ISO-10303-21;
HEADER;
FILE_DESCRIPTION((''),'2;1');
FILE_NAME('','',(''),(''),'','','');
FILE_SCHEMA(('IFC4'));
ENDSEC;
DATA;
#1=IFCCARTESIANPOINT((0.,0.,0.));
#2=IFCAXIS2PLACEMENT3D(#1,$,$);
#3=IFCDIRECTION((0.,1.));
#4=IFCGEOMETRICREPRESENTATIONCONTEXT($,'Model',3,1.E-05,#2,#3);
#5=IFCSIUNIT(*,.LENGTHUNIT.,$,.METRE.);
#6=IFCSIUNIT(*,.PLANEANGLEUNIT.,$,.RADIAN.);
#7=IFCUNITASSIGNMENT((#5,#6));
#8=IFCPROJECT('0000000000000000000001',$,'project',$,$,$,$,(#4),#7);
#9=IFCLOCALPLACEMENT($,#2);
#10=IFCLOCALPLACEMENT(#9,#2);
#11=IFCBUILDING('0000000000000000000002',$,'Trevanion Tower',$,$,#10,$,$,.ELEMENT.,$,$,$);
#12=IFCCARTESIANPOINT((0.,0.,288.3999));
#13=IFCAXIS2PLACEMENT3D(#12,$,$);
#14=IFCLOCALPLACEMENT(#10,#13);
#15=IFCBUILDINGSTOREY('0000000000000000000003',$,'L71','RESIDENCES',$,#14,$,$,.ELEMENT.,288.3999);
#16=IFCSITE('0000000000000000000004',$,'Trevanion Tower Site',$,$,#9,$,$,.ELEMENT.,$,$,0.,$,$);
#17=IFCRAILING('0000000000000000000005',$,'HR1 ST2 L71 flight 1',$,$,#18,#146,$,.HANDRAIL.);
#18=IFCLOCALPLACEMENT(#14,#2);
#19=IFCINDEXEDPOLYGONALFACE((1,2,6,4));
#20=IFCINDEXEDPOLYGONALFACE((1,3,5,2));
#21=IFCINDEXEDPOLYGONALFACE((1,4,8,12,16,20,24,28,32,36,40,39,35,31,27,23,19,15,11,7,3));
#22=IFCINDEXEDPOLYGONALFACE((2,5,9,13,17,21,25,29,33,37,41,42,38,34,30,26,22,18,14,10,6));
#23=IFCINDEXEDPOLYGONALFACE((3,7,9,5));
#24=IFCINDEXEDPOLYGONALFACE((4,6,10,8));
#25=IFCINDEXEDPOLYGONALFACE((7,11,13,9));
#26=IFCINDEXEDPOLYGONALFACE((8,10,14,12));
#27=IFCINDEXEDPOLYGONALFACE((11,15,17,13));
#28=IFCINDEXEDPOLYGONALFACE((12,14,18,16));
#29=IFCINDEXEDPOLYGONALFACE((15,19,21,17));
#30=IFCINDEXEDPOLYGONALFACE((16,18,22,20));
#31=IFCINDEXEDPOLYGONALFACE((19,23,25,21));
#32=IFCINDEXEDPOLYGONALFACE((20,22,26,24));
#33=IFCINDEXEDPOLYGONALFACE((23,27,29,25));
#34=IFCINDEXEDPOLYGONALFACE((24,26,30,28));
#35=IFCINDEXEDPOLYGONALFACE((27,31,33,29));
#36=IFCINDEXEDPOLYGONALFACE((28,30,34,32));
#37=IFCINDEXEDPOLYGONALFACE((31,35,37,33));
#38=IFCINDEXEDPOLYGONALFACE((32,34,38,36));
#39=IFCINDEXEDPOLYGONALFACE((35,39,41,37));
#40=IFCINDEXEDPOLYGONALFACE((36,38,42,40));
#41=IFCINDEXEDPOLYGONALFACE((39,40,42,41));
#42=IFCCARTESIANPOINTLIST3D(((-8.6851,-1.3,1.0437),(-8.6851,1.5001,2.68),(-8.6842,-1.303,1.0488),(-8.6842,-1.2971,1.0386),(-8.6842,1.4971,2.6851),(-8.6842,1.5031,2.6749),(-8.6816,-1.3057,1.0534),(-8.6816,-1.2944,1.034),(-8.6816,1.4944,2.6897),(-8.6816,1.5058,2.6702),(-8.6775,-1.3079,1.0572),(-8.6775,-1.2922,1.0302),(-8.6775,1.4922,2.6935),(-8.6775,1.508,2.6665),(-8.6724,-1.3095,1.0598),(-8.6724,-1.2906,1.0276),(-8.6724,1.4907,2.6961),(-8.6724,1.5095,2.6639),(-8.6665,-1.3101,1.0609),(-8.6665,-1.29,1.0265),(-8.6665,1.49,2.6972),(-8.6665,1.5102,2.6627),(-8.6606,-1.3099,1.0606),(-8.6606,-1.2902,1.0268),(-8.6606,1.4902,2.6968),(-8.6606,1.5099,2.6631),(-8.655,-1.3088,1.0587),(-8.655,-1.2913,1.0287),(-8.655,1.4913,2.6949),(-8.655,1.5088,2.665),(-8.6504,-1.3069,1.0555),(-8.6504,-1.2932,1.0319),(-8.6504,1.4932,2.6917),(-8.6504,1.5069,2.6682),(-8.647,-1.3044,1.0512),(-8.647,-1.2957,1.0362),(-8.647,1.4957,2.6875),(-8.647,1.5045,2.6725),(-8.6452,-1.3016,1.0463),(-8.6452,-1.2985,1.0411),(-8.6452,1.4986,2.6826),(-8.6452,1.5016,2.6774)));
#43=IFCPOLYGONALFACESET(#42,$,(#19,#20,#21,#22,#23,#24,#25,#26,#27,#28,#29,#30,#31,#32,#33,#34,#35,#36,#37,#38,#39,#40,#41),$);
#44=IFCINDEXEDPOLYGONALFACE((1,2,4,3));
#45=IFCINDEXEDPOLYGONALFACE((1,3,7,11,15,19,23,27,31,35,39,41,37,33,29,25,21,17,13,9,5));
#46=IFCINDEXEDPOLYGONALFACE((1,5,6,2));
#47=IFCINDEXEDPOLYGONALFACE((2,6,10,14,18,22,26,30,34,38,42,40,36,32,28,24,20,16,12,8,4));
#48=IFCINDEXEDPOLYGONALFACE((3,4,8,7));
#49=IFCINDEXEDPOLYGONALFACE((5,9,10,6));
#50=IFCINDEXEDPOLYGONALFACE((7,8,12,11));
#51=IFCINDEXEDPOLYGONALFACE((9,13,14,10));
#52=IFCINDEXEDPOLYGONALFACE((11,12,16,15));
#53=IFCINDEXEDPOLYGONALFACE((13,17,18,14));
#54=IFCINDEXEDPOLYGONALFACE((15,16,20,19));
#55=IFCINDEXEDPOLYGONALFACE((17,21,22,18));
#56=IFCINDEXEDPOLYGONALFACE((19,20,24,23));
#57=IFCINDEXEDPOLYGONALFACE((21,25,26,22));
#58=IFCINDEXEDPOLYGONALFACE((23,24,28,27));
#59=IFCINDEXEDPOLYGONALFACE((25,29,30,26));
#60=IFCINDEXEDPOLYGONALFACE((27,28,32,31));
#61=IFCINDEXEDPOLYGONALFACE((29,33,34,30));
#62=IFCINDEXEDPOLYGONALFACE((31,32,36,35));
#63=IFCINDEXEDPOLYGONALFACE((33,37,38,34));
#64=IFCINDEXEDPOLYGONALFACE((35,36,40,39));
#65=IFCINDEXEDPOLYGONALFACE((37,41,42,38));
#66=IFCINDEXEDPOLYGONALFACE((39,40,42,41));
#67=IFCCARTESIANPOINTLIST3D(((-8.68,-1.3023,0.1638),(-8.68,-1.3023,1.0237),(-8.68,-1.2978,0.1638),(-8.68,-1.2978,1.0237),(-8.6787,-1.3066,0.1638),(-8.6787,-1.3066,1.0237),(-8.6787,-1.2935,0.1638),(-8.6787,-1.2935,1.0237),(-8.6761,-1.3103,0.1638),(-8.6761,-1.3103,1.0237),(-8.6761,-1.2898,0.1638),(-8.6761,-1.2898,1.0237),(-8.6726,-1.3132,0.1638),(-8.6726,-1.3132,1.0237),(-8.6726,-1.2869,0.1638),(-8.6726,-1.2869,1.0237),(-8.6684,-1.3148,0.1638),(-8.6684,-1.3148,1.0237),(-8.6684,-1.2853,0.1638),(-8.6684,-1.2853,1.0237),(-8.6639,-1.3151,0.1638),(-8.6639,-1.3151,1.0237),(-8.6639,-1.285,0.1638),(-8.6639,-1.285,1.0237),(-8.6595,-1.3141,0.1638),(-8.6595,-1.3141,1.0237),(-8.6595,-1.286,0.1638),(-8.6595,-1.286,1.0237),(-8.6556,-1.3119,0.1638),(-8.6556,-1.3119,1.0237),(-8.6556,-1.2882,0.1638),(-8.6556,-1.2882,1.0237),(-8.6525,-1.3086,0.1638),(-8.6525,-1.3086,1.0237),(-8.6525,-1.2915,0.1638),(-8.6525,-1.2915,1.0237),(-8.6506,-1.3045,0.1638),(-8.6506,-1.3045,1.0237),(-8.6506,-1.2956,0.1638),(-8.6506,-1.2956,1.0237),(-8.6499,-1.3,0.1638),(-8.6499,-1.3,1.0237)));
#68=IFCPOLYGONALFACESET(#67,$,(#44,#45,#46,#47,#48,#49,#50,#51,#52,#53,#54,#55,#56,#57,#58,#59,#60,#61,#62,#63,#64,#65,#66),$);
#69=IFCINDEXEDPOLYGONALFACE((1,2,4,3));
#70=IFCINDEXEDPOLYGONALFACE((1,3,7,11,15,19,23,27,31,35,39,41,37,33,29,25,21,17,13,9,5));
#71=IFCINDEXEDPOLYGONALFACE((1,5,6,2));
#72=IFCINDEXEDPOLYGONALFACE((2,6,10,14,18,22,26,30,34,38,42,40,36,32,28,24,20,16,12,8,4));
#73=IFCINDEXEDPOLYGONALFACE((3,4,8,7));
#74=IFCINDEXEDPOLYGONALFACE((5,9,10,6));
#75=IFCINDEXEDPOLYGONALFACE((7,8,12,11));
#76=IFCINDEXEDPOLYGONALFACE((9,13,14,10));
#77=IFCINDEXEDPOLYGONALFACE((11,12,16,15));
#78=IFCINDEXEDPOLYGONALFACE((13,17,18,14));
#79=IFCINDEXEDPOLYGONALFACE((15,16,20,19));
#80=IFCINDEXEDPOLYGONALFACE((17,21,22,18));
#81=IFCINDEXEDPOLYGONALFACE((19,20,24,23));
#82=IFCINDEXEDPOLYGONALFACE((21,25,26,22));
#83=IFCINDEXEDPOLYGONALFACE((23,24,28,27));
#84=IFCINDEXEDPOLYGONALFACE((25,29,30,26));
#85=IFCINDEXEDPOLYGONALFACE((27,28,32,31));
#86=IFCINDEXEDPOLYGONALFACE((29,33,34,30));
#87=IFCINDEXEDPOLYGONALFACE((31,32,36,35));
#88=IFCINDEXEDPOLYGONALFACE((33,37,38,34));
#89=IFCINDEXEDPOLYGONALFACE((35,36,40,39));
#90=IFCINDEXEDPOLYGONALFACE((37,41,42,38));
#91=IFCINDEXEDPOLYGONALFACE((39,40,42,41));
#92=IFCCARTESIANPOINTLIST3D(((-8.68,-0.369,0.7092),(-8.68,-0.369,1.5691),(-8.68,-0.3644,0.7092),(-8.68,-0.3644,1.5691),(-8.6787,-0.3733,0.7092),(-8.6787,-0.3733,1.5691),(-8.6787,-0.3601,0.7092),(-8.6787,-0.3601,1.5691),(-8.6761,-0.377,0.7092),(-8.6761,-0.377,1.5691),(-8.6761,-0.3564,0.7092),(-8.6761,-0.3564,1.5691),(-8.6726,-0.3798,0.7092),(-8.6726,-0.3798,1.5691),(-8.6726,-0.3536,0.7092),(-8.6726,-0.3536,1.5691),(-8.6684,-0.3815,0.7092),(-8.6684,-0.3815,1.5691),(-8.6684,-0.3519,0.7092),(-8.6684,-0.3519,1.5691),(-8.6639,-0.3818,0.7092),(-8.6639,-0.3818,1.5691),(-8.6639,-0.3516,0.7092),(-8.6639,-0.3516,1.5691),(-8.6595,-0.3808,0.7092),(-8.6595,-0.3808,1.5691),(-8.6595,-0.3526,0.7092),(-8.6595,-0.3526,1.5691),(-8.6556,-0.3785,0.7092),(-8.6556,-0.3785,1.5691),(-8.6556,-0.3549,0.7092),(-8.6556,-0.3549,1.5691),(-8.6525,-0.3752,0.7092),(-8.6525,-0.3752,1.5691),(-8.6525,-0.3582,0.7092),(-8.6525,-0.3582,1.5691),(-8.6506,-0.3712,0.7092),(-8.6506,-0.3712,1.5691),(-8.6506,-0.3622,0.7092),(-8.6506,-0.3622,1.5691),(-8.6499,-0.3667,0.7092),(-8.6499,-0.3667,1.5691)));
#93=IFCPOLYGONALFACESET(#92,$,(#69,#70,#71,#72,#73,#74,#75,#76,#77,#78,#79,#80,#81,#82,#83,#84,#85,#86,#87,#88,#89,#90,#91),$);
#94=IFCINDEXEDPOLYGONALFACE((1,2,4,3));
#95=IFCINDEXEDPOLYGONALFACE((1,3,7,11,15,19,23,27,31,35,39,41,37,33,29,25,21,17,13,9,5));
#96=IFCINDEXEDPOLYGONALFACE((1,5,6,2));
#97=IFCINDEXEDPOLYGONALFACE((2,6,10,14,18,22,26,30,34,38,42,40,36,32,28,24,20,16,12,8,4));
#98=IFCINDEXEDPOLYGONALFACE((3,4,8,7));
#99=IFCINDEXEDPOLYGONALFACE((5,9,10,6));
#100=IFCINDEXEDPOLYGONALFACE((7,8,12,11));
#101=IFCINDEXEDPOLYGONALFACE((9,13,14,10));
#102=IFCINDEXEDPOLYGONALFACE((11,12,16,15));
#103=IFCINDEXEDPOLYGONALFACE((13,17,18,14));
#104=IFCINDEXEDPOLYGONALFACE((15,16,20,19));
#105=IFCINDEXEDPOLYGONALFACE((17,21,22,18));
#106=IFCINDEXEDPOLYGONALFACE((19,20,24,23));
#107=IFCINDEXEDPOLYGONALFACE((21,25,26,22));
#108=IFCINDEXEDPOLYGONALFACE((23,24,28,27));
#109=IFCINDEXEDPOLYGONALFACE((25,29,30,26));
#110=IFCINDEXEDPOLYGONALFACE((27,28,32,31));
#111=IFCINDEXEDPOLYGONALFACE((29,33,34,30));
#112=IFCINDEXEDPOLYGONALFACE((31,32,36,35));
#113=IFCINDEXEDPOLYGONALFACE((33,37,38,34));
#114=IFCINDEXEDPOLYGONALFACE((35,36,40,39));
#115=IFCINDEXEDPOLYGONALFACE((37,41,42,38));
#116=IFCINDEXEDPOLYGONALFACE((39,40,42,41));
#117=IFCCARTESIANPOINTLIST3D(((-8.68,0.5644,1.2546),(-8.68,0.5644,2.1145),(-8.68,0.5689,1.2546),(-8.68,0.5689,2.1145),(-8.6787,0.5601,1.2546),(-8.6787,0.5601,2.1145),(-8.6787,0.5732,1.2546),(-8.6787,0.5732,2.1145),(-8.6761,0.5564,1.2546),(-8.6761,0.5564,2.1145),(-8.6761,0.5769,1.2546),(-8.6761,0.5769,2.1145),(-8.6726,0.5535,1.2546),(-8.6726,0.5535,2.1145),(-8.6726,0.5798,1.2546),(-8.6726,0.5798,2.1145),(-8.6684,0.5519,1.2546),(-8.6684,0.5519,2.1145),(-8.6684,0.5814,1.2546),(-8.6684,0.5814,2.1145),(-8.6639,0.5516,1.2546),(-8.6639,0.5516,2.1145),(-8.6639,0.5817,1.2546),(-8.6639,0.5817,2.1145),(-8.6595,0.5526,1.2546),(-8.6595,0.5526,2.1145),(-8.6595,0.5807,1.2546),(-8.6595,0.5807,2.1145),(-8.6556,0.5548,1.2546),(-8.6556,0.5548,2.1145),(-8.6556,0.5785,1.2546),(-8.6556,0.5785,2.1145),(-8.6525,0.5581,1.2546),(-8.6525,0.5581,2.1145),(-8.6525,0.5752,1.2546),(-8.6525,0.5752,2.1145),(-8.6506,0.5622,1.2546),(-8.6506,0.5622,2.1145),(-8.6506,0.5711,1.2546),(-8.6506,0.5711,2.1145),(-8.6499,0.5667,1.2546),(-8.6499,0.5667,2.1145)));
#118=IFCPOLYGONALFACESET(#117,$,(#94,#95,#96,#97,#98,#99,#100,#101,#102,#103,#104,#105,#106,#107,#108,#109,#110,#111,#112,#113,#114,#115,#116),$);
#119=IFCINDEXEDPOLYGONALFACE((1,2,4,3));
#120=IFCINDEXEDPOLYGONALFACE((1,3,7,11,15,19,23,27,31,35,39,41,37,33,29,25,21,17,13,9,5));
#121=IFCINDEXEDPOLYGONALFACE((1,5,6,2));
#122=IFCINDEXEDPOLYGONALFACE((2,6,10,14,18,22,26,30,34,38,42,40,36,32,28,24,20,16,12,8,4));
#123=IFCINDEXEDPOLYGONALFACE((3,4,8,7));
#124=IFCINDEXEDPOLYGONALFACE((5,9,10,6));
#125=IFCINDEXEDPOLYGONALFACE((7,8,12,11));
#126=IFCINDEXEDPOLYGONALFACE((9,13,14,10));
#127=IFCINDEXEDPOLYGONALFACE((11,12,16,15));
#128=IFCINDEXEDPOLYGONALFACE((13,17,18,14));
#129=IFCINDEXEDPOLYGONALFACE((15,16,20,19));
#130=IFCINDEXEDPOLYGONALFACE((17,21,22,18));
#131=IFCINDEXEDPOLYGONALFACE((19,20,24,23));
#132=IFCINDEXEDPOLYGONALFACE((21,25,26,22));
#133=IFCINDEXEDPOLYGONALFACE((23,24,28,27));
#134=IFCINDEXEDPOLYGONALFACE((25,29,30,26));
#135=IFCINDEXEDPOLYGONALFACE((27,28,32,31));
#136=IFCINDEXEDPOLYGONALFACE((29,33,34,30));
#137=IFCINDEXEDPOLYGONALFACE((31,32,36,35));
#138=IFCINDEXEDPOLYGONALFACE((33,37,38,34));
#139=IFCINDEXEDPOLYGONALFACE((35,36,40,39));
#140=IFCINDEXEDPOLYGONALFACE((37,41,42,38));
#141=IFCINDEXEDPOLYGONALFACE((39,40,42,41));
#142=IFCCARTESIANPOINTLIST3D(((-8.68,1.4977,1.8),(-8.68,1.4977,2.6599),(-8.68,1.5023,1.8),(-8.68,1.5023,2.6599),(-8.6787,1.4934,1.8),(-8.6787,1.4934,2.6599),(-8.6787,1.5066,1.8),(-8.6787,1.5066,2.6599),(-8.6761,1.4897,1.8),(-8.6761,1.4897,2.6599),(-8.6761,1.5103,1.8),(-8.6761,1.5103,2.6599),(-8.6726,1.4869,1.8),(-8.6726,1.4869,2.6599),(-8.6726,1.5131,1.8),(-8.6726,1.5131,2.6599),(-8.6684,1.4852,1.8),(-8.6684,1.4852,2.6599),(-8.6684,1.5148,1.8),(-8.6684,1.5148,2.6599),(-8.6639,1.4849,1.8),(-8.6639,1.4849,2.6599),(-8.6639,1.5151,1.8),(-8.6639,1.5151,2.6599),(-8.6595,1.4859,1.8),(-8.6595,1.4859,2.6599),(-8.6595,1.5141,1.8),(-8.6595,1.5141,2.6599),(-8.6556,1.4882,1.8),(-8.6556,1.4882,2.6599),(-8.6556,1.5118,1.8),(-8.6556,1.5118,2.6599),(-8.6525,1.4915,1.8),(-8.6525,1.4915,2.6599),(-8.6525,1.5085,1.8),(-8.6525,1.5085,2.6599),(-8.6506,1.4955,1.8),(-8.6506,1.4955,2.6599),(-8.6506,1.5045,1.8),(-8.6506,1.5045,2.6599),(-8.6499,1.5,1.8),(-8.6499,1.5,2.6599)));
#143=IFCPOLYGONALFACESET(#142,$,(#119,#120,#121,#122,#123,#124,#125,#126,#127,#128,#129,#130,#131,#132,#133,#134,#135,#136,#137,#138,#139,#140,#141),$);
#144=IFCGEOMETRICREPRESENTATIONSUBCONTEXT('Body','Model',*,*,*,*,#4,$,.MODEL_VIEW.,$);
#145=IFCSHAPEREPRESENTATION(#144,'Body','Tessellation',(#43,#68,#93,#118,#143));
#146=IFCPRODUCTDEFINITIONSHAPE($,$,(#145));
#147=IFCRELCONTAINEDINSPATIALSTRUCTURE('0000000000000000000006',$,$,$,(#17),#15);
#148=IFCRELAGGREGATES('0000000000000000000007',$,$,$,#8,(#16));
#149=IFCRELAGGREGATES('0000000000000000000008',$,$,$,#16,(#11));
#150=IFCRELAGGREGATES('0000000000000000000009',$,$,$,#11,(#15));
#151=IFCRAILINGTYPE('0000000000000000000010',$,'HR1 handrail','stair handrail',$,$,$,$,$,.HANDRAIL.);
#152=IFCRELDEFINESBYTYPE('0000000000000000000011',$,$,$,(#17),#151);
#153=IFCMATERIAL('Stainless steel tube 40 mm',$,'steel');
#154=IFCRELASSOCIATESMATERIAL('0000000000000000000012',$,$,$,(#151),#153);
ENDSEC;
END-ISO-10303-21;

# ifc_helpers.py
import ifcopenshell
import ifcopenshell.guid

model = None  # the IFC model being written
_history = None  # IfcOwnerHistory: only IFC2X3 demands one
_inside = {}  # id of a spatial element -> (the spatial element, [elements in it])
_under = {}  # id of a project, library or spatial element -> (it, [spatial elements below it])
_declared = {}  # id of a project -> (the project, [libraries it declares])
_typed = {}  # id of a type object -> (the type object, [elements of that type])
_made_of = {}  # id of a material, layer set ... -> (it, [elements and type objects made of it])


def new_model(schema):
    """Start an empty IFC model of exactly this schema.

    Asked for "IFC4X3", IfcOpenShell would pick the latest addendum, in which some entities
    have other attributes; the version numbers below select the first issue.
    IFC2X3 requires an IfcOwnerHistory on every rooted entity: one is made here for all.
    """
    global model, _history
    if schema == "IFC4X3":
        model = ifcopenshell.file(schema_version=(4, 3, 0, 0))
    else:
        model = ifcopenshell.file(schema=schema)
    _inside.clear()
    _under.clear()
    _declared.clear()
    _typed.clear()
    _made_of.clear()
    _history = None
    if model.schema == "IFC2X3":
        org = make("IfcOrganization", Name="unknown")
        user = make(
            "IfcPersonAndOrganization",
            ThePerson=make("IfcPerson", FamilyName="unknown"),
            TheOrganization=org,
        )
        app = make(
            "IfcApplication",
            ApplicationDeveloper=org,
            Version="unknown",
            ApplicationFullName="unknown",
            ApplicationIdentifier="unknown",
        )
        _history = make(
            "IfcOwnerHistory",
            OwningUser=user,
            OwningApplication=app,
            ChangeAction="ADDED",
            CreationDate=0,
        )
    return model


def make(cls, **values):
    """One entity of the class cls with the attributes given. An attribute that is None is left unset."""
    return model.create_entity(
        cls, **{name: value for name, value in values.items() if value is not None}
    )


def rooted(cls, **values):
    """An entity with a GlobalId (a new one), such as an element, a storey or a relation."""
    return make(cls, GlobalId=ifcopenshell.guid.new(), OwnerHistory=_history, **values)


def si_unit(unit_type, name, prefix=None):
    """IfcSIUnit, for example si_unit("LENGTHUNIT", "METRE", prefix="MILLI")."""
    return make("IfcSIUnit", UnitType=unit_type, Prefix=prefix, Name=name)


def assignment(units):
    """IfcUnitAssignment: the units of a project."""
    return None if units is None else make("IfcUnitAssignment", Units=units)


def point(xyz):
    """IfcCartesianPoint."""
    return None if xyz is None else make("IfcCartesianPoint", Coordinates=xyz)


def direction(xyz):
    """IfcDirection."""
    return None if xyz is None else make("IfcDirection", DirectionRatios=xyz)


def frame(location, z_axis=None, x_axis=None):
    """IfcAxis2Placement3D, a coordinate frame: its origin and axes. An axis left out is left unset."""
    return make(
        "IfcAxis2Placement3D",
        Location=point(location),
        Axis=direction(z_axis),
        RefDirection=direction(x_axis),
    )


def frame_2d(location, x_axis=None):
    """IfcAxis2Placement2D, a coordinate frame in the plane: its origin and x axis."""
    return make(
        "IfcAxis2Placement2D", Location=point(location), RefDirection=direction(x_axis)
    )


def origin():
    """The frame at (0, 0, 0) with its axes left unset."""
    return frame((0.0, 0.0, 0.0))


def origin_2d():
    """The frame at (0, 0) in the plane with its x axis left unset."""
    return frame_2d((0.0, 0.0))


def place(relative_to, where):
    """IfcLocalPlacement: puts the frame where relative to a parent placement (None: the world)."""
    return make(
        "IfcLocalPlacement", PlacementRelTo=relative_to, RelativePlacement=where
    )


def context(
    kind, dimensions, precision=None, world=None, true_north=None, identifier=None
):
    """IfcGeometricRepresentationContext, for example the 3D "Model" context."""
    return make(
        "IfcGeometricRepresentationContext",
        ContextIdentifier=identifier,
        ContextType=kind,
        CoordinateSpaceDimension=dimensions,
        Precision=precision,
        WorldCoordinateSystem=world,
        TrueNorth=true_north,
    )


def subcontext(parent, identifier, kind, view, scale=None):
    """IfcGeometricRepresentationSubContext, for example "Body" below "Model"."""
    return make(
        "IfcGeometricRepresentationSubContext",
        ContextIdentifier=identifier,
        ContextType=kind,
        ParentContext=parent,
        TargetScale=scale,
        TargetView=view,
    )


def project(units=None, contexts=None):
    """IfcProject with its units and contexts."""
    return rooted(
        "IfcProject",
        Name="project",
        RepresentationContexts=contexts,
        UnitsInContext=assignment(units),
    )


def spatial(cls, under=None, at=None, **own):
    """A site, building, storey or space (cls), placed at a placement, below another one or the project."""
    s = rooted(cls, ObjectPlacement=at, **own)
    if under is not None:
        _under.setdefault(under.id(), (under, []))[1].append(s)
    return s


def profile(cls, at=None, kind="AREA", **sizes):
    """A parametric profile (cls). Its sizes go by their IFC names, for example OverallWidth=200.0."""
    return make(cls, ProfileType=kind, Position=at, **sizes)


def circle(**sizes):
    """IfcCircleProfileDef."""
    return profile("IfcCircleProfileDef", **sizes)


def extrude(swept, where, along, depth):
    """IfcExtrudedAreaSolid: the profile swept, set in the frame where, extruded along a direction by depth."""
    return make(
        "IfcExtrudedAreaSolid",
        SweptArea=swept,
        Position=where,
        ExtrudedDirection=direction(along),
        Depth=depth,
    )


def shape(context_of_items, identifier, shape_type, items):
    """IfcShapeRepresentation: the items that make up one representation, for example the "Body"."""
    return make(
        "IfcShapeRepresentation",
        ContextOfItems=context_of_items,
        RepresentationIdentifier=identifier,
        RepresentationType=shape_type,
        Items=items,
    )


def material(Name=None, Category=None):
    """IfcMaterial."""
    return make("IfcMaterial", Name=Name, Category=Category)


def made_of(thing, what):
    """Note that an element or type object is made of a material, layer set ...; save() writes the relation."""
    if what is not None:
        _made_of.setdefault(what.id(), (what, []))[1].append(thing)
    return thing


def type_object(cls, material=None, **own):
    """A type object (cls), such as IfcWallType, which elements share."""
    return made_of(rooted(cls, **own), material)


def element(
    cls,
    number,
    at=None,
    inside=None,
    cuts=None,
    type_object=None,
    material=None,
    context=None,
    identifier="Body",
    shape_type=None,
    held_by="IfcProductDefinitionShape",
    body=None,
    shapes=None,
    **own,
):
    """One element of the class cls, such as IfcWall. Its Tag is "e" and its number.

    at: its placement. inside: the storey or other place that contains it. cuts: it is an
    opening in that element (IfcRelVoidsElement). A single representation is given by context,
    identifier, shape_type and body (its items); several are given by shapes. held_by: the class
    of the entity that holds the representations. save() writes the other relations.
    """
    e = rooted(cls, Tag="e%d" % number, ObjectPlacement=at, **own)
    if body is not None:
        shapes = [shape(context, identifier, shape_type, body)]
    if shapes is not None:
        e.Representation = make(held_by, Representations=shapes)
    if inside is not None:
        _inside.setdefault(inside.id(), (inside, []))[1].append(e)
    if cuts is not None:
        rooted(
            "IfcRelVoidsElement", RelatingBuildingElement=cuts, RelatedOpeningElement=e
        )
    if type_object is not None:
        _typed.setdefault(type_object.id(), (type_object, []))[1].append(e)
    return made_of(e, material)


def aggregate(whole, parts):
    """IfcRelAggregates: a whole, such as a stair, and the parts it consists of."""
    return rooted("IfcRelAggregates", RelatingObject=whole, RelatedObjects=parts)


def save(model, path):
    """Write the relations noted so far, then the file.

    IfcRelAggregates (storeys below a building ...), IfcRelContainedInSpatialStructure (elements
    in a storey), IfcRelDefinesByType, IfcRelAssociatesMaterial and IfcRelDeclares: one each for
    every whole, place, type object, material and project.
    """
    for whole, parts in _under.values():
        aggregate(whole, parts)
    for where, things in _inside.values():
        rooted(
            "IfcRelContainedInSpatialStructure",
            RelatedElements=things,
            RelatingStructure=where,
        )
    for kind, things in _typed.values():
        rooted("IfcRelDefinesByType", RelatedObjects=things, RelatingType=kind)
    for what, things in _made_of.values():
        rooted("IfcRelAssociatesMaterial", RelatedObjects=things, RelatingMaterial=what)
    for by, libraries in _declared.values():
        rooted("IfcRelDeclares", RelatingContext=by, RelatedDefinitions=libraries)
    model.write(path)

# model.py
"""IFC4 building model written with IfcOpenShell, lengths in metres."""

from ifc_helpers import new_model, si_unit, direction, frame, origin, origin_2d, place, context, subcontext, project, spatial, circle, extrude, material, type_object, element, save


model = new_model("IFC4")

# Units and contexts
model_context = context("Model", 3, precision=1e-05, world=origin(), true_north=direction((0.0, 1.0)))
body_context = subcontext(model_context, "Body", "Model", "MODEL_VIEW")
ifc_project = project(units=[si_unit("LENGTHUNIT", "METRE"), si_unit("PLANEANGLEUNIT", "RADIAN")], contexts=[model_context])

# Site, building, storey
site_placement = place(None, origin())
site = spatial("IfcSite", under=ifc_project, at=site_placement, Name="Trevanion Tower Site", CompositionType="ELEMENT", RefElevation=0.0)
building_placement = place(site_placement, origin())
building = spatial("IfcBuilding", under=site, at=building_placement, Name="Trevanion Tower", CompositionType="ELEMENT")
storey_placement = place(building_placement, frame((0.0, 0.0, 288.3999)))
storey = spatial("IfcBuildingStorey", under=building, at=storey_placement, Name="L71", Description="RESIDENCES", CompositionType="ELEMENT", Elevation=288.3999)

# Railing
ifc_material_1 = material(Name="Stainless steel tube 40 mm", Category="steel")
railing_type = type_object("IfcRailingType", Name="HR1 handrail", Description="stair handrail", PredefinedType="HANDRAIL", material=ifc_material_1)
for number, where, name in (
    (1, (-8.665, -1.3, 0.1638), "HR1 ST2 L71 flight 1"),
):
    element("IfcRailing", number, at=place(storey_placement, frame(where)), inside=storey, type_object=railing_type, Name=name, PredefinedType="HANDRAIL", context=body_context, shape_type="SweptSolid", body=[
        extrude(circle(Radius=0.02, at=origin_2d()), frame((0.0, 0.0, 0.8799), z_axis=(0.0, 0.863394, 0.504531), x_axis=(-1.0, 0.0, 0.0)), (0.0, 0.0, 1.0), 3.2432),
        extrude(circle(Radius=0.0151, at=origin_2d()), origin(), (0.0, 0.0, 1.0), 0.8599),
        extrude(circle(Radius=0.0151, at=origin_2d()), frame((0.0, 0.9333, 0.5454)), (0.0, 0.0, 1.0), 0.8599),
        extrude(circle(Radius=0.0151, at=origin_2d()), frame((0.0, 1.8667, 1.0908)), (0.0, 0.0, 1.0), 0.8599),
        extrude(circle(Radius=0.0151, at=origin_2d()), frame((0.0, 2.8, 1.6362)), (0.0, 0.0, 1.0), 0.8599),
    ])

save(model, "model.ifc")
